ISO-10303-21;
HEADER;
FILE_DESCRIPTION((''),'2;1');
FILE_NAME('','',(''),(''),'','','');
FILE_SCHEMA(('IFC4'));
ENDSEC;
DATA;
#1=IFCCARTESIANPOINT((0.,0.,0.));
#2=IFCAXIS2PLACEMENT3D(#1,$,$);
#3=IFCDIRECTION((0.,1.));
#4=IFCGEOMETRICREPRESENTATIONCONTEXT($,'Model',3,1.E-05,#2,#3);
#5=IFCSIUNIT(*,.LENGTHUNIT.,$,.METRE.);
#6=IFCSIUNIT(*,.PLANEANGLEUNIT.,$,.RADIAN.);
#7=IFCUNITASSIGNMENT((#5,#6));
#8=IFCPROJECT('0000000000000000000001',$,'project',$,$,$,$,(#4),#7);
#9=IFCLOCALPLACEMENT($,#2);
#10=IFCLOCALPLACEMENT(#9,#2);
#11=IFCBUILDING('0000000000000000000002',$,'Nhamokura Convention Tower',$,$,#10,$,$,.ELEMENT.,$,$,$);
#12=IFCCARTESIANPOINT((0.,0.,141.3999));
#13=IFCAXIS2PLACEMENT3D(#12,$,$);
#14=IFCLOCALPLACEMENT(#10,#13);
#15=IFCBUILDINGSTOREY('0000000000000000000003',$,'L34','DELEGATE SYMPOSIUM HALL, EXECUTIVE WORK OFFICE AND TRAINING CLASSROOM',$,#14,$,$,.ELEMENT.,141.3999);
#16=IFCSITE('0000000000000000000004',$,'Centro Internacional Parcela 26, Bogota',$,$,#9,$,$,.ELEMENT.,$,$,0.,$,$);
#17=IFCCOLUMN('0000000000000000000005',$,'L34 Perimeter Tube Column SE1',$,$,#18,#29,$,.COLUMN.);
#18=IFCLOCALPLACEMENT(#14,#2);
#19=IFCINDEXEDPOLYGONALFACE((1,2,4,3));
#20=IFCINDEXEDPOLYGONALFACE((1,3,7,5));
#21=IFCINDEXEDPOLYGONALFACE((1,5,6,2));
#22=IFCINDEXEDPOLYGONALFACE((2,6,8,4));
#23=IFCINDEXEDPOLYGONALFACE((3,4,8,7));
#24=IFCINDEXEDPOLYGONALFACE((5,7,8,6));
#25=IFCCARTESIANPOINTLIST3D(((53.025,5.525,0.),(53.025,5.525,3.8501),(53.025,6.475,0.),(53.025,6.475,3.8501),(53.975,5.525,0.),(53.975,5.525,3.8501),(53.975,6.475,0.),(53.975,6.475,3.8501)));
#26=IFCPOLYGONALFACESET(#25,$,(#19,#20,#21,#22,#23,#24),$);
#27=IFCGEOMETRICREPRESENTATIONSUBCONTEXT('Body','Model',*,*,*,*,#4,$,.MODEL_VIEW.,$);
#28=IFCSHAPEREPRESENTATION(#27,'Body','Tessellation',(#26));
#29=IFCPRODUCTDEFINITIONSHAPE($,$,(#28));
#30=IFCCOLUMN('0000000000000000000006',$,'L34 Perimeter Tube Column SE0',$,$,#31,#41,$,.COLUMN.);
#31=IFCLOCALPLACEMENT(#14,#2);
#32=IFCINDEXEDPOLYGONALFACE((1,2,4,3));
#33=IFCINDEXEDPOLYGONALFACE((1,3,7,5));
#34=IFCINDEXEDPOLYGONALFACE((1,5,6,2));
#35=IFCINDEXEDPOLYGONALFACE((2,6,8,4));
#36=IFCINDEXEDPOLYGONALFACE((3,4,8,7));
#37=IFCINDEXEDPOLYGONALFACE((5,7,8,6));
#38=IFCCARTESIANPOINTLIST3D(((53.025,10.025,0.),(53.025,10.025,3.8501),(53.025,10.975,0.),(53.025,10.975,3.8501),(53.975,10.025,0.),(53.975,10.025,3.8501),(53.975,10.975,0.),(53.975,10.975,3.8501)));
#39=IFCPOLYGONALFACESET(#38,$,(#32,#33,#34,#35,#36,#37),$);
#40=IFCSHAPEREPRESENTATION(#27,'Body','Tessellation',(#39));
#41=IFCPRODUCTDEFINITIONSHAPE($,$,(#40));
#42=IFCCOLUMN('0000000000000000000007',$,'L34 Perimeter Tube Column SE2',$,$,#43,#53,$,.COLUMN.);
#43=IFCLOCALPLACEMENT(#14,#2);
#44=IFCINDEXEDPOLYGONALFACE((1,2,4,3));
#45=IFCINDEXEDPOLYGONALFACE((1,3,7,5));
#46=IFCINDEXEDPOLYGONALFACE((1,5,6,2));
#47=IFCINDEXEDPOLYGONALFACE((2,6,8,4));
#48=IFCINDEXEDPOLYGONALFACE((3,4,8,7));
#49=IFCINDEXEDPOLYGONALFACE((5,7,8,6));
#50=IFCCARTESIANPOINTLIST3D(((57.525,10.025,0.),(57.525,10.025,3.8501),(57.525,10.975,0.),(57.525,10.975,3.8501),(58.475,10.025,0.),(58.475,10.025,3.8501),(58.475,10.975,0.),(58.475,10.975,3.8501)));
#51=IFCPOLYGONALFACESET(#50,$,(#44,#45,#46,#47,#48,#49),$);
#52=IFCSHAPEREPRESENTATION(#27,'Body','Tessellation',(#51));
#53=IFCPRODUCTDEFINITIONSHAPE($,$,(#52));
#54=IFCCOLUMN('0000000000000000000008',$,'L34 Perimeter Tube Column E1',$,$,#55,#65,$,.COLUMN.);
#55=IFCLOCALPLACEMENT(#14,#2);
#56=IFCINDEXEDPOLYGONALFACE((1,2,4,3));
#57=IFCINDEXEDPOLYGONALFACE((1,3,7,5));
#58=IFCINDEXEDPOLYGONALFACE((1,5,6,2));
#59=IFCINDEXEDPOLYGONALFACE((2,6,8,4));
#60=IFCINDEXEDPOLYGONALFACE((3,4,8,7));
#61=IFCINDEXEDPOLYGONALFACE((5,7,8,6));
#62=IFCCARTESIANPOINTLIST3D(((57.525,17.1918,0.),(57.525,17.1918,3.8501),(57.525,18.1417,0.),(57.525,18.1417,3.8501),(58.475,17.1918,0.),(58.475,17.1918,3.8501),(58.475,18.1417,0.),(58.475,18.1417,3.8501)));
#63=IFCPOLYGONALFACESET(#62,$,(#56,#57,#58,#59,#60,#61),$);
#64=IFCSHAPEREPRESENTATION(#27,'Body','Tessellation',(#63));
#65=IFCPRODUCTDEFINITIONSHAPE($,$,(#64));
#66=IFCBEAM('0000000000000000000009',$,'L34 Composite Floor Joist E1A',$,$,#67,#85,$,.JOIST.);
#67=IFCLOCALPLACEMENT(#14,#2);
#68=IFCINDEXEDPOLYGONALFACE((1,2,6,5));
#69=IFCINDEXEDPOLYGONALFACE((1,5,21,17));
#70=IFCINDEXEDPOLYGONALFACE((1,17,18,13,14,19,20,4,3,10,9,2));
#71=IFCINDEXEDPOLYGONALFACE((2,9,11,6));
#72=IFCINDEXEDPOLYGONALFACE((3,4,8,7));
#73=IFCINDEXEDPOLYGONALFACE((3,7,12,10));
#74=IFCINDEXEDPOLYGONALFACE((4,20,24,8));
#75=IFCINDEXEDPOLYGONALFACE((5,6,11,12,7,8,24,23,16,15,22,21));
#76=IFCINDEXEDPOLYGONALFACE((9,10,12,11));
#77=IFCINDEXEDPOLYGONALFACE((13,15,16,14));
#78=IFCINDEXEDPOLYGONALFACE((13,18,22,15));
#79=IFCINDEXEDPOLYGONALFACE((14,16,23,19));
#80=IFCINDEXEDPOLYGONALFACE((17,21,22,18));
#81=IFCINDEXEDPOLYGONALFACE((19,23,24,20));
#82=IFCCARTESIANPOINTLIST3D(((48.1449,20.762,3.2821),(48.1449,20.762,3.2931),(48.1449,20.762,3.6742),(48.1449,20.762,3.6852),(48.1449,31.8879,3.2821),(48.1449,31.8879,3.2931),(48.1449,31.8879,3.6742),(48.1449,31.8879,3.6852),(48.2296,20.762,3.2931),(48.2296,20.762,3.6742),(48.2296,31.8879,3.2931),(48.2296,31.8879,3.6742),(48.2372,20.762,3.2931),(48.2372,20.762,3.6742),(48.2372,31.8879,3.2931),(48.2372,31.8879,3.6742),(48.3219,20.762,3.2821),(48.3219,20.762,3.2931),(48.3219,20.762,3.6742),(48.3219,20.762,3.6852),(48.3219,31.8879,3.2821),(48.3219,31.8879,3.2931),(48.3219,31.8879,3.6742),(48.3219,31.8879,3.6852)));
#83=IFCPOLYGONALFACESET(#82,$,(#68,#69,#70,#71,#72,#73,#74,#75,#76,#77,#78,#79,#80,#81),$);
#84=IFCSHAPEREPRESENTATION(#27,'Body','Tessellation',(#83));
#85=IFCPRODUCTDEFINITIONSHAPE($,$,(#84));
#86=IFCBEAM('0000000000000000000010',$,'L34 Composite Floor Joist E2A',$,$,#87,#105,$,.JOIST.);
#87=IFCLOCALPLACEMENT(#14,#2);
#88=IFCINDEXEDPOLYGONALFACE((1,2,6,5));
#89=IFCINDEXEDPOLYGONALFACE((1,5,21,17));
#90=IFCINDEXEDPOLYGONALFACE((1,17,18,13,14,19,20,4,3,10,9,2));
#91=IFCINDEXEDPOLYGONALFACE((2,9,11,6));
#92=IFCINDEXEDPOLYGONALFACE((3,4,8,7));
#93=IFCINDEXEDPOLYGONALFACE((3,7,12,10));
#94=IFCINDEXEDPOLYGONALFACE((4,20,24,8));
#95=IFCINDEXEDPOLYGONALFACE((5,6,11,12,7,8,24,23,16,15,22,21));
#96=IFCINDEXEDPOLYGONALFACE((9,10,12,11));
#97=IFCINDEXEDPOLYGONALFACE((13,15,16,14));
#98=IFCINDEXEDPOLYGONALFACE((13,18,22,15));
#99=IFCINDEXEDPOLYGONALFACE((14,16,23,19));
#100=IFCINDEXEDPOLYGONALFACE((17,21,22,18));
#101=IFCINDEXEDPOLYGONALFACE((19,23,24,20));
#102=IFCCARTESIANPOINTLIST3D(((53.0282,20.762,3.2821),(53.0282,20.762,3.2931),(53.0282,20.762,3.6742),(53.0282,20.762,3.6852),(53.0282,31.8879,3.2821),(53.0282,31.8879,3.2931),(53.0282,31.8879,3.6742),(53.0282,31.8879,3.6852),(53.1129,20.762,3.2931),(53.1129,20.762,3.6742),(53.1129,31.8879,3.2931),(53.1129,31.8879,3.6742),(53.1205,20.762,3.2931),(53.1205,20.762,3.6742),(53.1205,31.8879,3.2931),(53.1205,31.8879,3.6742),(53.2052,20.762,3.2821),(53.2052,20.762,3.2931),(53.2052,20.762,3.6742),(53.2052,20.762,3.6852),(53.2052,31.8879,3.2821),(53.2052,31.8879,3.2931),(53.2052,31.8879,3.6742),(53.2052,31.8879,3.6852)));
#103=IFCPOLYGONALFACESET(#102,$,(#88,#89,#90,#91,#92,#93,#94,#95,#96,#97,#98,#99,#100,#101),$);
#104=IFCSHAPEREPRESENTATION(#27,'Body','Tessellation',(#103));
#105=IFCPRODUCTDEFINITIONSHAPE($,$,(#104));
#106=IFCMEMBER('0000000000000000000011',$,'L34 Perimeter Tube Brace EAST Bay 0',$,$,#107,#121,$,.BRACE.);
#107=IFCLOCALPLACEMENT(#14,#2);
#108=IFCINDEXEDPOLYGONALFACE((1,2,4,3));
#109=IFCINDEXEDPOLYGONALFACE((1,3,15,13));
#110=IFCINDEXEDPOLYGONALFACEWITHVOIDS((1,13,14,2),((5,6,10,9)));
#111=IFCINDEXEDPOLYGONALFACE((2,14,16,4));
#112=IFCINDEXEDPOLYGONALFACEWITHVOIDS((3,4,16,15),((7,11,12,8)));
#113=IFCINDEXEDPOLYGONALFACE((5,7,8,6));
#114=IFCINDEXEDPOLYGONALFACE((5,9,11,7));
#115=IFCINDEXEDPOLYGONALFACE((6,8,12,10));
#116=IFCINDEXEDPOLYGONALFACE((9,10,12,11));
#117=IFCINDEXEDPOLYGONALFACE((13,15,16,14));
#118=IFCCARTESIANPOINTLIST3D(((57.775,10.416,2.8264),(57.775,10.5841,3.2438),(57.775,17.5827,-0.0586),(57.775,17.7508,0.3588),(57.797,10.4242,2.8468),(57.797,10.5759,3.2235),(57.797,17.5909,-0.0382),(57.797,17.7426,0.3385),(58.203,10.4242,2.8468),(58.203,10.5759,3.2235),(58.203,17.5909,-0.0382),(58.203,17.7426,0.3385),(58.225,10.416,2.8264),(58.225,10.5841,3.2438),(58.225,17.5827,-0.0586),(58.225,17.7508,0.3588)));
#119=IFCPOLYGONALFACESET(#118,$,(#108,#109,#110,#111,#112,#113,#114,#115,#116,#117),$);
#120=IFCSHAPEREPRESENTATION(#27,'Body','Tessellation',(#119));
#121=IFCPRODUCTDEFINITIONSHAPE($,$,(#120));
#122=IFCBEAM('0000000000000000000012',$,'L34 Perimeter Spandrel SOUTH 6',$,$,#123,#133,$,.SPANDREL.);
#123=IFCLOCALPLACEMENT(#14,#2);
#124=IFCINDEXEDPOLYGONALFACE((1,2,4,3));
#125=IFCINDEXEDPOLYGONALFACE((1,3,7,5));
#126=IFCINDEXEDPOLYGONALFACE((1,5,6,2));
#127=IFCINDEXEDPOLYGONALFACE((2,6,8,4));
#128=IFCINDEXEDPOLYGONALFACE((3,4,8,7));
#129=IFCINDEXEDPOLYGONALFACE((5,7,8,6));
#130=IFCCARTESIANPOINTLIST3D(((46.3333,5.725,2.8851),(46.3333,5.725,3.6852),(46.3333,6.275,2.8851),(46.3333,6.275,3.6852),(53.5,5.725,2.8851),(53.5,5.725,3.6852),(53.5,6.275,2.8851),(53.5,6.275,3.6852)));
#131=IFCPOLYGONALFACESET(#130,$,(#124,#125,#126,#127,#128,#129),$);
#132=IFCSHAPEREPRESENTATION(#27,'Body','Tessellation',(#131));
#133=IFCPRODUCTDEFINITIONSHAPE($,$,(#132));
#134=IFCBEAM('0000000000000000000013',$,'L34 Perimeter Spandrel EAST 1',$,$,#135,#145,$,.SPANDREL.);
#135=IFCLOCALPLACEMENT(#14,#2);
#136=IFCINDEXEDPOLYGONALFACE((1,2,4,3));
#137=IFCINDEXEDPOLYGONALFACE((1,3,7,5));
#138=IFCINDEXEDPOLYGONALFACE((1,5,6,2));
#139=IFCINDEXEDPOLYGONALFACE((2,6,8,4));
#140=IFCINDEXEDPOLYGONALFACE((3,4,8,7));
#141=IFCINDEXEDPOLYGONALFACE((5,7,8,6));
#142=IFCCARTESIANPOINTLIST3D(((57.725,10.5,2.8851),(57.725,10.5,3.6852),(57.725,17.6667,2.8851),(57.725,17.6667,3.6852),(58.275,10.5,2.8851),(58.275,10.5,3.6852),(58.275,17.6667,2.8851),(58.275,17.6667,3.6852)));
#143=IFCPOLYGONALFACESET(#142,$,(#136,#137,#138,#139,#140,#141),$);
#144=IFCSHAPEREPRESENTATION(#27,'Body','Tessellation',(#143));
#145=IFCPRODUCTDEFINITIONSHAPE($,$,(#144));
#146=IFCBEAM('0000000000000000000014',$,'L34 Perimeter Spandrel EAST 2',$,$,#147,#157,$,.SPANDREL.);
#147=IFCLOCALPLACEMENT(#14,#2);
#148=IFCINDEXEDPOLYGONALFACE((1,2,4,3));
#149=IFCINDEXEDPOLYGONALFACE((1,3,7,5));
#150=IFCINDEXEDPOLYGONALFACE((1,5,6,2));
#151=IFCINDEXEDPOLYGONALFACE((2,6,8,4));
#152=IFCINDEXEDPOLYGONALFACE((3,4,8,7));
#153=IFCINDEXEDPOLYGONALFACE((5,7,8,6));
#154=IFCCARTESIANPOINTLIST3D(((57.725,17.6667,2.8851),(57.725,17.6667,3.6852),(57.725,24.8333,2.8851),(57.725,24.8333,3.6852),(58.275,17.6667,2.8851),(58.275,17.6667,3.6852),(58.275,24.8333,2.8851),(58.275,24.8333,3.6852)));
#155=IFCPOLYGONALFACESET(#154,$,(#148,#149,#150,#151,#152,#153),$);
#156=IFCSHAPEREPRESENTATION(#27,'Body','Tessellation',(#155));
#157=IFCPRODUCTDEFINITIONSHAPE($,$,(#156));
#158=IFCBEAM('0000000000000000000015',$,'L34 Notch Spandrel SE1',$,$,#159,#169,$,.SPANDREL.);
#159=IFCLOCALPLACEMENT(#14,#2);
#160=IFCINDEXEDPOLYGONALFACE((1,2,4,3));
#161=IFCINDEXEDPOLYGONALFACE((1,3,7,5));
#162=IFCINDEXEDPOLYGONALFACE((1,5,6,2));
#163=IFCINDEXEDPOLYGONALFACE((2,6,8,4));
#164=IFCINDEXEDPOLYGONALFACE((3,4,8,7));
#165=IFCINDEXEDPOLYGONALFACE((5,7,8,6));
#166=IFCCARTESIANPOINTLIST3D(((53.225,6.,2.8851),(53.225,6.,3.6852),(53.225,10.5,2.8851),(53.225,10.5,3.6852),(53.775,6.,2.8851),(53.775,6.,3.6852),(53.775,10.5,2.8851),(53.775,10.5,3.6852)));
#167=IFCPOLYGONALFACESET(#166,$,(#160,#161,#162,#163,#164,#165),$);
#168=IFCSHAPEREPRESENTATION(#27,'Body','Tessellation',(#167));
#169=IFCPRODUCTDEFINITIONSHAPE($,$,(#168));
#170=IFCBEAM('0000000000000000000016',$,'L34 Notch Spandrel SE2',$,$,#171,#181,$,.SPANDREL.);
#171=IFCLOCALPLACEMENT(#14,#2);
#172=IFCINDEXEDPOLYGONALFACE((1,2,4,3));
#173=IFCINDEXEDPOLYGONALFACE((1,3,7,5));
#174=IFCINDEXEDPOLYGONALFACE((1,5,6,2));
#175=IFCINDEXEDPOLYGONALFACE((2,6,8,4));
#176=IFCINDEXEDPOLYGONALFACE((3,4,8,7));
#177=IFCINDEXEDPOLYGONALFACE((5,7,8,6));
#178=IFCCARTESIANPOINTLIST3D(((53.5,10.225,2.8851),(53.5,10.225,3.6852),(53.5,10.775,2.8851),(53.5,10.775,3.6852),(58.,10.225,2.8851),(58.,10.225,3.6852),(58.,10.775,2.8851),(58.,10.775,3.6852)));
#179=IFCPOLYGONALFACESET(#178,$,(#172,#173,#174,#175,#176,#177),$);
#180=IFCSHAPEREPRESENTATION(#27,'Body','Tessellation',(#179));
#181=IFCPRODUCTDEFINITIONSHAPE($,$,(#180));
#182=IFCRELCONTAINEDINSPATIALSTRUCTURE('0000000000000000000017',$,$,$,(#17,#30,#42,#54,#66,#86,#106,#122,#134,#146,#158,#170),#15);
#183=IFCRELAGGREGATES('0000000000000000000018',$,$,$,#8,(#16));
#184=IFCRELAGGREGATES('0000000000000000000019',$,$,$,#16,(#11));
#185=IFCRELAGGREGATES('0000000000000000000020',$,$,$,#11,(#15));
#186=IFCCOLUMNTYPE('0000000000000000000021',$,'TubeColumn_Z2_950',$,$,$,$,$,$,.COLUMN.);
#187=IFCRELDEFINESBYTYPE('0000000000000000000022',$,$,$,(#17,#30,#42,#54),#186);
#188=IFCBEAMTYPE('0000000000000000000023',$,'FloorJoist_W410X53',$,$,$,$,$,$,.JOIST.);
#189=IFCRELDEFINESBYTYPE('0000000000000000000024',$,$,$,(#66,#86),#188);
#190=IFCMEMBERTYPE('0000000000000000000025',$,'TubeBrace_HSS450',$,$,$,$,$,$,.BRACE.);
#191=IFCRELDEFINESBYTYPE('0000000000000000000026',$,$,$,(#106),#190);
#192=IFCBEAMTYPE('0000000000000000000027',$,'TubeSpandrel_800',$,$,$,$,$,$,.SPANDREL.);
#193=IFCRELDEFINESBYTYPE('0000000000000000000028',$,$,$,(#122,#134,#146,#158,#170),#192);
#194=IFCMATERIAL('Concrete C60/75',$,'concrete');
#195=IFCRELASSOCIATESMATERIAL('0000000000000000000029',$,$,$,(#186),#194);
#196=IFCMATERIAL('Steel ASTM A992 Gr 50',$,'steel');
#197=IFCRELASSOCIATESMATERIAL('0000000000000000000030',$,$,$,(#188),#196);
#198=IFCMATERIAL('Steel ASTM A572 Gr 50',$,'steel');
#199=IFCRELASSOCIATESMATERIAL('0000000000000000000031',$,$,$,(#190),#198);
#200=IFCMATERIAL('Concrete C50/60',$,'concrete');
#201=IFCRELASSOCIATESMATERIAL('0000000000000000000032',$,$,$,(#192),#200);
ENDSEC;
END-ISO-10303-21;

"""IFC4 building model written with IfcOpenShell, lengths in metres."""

from ifc_helpers import new_model, si_unit, direction, frame, origin, origin_2d, place, context, subcontext, project, spatial, rectangle, hollow_rectangle, i_section, extrude, material, material_profile, profile_set, type_object, element, save


model = new_model("IFC4")

# Units and contexts
model_context = context("Model", 3, precision=1e-05, world=origin(), true_north=direction((0.0, 1.0)))
body_context = subcontext(model_context, "Body", "Model", "MODEL_VIEW")
ifc_project = project(units=[si_unit("LENGTHUNIT", "METRE"), si_unit("PLANEANGLEUNIT", "RADIAN")], contexts=[model_context])

# Site, building, storey
site_placement = place(None, origin())
site = spatial("IfcSite", under=ifc_project, at=site_placement, Name="Centro Internacional Parcela 26, Bogota", CompositionType="ELEMENT", RefElevation=0.0)
building_placement = place(site_placement, origin())
building = spatial("IfcBuilding", under=site, at=building_placement, Name="Nhamokura Convention Tower", CompositionType="ELEMENT")
storey_placement = place(building_placement, frame((0.0, 0.0, 141.3999)))
storey = spatial("IfcBuildingStorey", under=building, at=storey_placement, Name="L34", Description="DELEGATE SYMPOSIUM HALL, EXECUTIVE WORK OFFICE AND TRAINING CLASSROOM", CompositionType="ELEMENT", Elevation=141.3999)

# Columns
ifc_material_1 = material(Name="Concrete C60/75", Category="concrete")
ifc_material_profile_1 = material_profile(ifc_material_1, rectangle(XDim=0.95, YDim=0.95, at=origin_2d()))
ifc_profile_set_1 = profile_set([ifc_material_profile_1], Name="Concrete C60/75")
column_type = type_object("IfcColumnType", Name="TubeColumn_Z2_950", PredefinedType="COLUMN", material=ifc_profile_set_1)
for number, where, z_axis, x_axis, name in (
    (1, (53.5, 6.0, 0.0), (0.0, 0.0, 1.0), (1.0, 0.0, 0.0), "L34 Perimeter Tube Column SE1"),
    (2, (53.5, 10.5, 0.0), (0.0, 0.0, 1.0), (1.0, 0.0, 0.0), "L34 Perimeter Tube Column SE0"),
    (3, (58.0, 10.5, 0.0), (0.0, 0.0, 1.0), (1.0, 0.0, 0.0), "L34 Perimeter Tube Column SE2"),
    (4, (58.0, 17.6667, 0.0), (0.0, 0.0, 1.0), (1.0, 0.0, 0.0), "L34 Perimeter Tube Column E1"),
):
    element("IfcColumn", number, at=place(storey_placement, frame(where, z_axis=z_axis, x_axis=x_axis)), inside=storey, type_object=column_type, Name=name, PredefinedType="COLUMN", context=body_context, shape_type="SweptSolid", body=[
        extrude(rectangle(XDim=0.95, YDim=0.95, at=origin_2d()), origin(), (0.0, 0.0, 1.0), 3.8501),
    ])

# Beams
ifc_material_2 = material(Name="Steel ASTM A992 Gr 50", Category="steel")
ifc_material_profile_2 = material_profile(ifc_material_2, i_section(OverallWidth=0.177, OverallDepth=0.4031, WebThickness=0.0076, FlangeThickness=0.011, at=origin_2d()))
ifc_profile_set_2 = profile_set([ifc_material_profile_2], Name="Steel ASTM A992 Gr 50")
beam_type_1 = type_object("IfcBeamType", Name="FloorJoist_W410X53", PredefinedType="JOIST", material=ifc_profile_set_2)
for number, where, z_axis, x_axis, name in (
    (5, (48.2334, 20.762, 3.4836), (0.0, 1.0, 0.0), (-1.0, 0.0, 0.0), "L34 Composite Floor Joist E1A"),
    (6, (53.1167, 20.762, 3.4836), (0.0, 1.0, 0.0), (-1.0, 0.0, 0.0), "L34 Composite Floor Joist E2A"),
):
    element("IfcBeam", number, at=place(storey_placement, frame(where, z_axis=z_axis, x_axis=x_axis)), inside=storey, type_object=beam_type_1, Name=name, PredefinedType="JOIST", context=body_context, shape_type="SweptSolid", body=[
        extrude(i_section(OverallWidth=0.177, OverallDepth=0.4031, WebThickness=0.0076, FlangeThickness=0.011, at=origin_2d()), origin(), (0.0, 0.0, 1.0), 11.126),
    ])

# Member
ifc_material_3 = material(Name="Steel ASTM A572 Gr 50", Category="steel")
ifc_material_profile_3 = material_profile(ifc_material_3, hollow_rectangle(XDim=0.45, YDim=0.45, WallThickness=0.022, at=origin_2d()))
ifc_profile_set_3 = profile_set([ifc_material_profile_3], Name="Steel ASTM A572 Gr 50")
member_type = type_object("IfcMemberType", Name="TubeBrace_HSS450", PredefinedType="BRACE", material=ifc_profile_set_3)
member_placement = place(storey_placement, frame((58.0, 17.6667, 0.1501), z_axis=(0.0, -0.927657, 0.373433), x_axis=(1.0, 0.0, 0.0)))
element("IfcMember", 7, at=member_placement, inside=storey, type_object=member_type, Name="L34 Perimeter Tube Brace EAST Bay 0", PredefinedType="BRACE", context=body_context, shape_type="SweptSolid", body=[
    extrude(hollow_rectangle(XDim=0.45, YDim=0.45, WallThickness=0.022, at=origin_2d()), origin(), (0.0, 0.0, 1.0), 7.7256),
])

# Beams
ifc_material_4 = material(Name="Concrete C50/60", Category="concrete")
ifc_material_profile_4 = material_profile(ifc_material_4, rectangle(XDim=0.55, YDim=0.8, at=origin_2d()))
ifc_profile_set_4 = profile_set([ifc_material_profile_4], Name="Concrete C50/60")
beam_type_2 = type_object("IfcBeamType", Name="TubeSpandrel_800", PredefinedType="SPANDREL", material=ifc_profile_set_4)
for number, where, z_axis, x_axis, name in (
    (8, (46.3333, 6.0, 3.2852), (1.0, 0.0, 0.0), (0.0, 1.0, 0.0), "L34 Perimeter Spandrel SOUTH 6"),
    (9, (58.0, 10.5, 3.2852), (0.0, 1.0, 0.0), (-1.0, 0.0, 0.0), "L34 Perimeter Spandrel EAST 1"),
):
    element("IfcBeam", number, at=place(storey_placement, frame(where, z_axis=z_axis, x_axis=x_axis)), inside=storey, type_object=beam_type_2, Name=name, PredefinedType="SPANDREL", context=body_context, shape_type="SweptSolid", body=[
        extrude(rectangle(XDim=0.55, YDim=0.8, at=origin_2d()), origin(), (0.0, 0.0, 1.0), 7.1667),
    ])
beam_placement = place(storey_placement, frame((58.0, 17.6667, 3.2852), z_axis=(0.0, 1.0, 0.0), x_axis=(-1.0, 0.0, 0.0)))
element("IfcBeam", 10, at=beam_placement, inside=storey, type_object=beam_type_2, Name="L34 Perimeter Spandrel EAST 2", PredefinedType="SPANDREL", context=body_context, shape_type="SweptSolid", body=[
    extrude(rectangle(XDim=0.55, YDim=0.8, at=origin_2d()), origin(), (0.0, 0.0, 1.0), 7.1665),
])
for number, where, z_axis, x_axis, name in (
    (11, (53.5, 6.0, 3.2852), (0.0, 1.0, 0.0), (-1.0, 0.0, 0.0), "L34 Notch Spandrel SE1"),
    (12, (53.5, 10.5, 3.2852), (1.0, 0.0, 0.0), (0.0, 1.0, 0.0), "L34 Notch Spandrel SE2"),
):
    element("IfcBeam", number, at=place(storey_placement, frame(where, z_axis=z_axis, x_axis=x_axis)), inside=storey, type_object=beam_type_2, Name=name, PredefinedType="SPANDREL", context=body_context, shape_type="SweptSolid", body=[
        extrude(rectangle(XDim=0.55, YDim=0.8, at=origin_2d()), origin(), (0.0, 0.0, 1.0), 4.5),
    ])

save(model, "model.ifc")
